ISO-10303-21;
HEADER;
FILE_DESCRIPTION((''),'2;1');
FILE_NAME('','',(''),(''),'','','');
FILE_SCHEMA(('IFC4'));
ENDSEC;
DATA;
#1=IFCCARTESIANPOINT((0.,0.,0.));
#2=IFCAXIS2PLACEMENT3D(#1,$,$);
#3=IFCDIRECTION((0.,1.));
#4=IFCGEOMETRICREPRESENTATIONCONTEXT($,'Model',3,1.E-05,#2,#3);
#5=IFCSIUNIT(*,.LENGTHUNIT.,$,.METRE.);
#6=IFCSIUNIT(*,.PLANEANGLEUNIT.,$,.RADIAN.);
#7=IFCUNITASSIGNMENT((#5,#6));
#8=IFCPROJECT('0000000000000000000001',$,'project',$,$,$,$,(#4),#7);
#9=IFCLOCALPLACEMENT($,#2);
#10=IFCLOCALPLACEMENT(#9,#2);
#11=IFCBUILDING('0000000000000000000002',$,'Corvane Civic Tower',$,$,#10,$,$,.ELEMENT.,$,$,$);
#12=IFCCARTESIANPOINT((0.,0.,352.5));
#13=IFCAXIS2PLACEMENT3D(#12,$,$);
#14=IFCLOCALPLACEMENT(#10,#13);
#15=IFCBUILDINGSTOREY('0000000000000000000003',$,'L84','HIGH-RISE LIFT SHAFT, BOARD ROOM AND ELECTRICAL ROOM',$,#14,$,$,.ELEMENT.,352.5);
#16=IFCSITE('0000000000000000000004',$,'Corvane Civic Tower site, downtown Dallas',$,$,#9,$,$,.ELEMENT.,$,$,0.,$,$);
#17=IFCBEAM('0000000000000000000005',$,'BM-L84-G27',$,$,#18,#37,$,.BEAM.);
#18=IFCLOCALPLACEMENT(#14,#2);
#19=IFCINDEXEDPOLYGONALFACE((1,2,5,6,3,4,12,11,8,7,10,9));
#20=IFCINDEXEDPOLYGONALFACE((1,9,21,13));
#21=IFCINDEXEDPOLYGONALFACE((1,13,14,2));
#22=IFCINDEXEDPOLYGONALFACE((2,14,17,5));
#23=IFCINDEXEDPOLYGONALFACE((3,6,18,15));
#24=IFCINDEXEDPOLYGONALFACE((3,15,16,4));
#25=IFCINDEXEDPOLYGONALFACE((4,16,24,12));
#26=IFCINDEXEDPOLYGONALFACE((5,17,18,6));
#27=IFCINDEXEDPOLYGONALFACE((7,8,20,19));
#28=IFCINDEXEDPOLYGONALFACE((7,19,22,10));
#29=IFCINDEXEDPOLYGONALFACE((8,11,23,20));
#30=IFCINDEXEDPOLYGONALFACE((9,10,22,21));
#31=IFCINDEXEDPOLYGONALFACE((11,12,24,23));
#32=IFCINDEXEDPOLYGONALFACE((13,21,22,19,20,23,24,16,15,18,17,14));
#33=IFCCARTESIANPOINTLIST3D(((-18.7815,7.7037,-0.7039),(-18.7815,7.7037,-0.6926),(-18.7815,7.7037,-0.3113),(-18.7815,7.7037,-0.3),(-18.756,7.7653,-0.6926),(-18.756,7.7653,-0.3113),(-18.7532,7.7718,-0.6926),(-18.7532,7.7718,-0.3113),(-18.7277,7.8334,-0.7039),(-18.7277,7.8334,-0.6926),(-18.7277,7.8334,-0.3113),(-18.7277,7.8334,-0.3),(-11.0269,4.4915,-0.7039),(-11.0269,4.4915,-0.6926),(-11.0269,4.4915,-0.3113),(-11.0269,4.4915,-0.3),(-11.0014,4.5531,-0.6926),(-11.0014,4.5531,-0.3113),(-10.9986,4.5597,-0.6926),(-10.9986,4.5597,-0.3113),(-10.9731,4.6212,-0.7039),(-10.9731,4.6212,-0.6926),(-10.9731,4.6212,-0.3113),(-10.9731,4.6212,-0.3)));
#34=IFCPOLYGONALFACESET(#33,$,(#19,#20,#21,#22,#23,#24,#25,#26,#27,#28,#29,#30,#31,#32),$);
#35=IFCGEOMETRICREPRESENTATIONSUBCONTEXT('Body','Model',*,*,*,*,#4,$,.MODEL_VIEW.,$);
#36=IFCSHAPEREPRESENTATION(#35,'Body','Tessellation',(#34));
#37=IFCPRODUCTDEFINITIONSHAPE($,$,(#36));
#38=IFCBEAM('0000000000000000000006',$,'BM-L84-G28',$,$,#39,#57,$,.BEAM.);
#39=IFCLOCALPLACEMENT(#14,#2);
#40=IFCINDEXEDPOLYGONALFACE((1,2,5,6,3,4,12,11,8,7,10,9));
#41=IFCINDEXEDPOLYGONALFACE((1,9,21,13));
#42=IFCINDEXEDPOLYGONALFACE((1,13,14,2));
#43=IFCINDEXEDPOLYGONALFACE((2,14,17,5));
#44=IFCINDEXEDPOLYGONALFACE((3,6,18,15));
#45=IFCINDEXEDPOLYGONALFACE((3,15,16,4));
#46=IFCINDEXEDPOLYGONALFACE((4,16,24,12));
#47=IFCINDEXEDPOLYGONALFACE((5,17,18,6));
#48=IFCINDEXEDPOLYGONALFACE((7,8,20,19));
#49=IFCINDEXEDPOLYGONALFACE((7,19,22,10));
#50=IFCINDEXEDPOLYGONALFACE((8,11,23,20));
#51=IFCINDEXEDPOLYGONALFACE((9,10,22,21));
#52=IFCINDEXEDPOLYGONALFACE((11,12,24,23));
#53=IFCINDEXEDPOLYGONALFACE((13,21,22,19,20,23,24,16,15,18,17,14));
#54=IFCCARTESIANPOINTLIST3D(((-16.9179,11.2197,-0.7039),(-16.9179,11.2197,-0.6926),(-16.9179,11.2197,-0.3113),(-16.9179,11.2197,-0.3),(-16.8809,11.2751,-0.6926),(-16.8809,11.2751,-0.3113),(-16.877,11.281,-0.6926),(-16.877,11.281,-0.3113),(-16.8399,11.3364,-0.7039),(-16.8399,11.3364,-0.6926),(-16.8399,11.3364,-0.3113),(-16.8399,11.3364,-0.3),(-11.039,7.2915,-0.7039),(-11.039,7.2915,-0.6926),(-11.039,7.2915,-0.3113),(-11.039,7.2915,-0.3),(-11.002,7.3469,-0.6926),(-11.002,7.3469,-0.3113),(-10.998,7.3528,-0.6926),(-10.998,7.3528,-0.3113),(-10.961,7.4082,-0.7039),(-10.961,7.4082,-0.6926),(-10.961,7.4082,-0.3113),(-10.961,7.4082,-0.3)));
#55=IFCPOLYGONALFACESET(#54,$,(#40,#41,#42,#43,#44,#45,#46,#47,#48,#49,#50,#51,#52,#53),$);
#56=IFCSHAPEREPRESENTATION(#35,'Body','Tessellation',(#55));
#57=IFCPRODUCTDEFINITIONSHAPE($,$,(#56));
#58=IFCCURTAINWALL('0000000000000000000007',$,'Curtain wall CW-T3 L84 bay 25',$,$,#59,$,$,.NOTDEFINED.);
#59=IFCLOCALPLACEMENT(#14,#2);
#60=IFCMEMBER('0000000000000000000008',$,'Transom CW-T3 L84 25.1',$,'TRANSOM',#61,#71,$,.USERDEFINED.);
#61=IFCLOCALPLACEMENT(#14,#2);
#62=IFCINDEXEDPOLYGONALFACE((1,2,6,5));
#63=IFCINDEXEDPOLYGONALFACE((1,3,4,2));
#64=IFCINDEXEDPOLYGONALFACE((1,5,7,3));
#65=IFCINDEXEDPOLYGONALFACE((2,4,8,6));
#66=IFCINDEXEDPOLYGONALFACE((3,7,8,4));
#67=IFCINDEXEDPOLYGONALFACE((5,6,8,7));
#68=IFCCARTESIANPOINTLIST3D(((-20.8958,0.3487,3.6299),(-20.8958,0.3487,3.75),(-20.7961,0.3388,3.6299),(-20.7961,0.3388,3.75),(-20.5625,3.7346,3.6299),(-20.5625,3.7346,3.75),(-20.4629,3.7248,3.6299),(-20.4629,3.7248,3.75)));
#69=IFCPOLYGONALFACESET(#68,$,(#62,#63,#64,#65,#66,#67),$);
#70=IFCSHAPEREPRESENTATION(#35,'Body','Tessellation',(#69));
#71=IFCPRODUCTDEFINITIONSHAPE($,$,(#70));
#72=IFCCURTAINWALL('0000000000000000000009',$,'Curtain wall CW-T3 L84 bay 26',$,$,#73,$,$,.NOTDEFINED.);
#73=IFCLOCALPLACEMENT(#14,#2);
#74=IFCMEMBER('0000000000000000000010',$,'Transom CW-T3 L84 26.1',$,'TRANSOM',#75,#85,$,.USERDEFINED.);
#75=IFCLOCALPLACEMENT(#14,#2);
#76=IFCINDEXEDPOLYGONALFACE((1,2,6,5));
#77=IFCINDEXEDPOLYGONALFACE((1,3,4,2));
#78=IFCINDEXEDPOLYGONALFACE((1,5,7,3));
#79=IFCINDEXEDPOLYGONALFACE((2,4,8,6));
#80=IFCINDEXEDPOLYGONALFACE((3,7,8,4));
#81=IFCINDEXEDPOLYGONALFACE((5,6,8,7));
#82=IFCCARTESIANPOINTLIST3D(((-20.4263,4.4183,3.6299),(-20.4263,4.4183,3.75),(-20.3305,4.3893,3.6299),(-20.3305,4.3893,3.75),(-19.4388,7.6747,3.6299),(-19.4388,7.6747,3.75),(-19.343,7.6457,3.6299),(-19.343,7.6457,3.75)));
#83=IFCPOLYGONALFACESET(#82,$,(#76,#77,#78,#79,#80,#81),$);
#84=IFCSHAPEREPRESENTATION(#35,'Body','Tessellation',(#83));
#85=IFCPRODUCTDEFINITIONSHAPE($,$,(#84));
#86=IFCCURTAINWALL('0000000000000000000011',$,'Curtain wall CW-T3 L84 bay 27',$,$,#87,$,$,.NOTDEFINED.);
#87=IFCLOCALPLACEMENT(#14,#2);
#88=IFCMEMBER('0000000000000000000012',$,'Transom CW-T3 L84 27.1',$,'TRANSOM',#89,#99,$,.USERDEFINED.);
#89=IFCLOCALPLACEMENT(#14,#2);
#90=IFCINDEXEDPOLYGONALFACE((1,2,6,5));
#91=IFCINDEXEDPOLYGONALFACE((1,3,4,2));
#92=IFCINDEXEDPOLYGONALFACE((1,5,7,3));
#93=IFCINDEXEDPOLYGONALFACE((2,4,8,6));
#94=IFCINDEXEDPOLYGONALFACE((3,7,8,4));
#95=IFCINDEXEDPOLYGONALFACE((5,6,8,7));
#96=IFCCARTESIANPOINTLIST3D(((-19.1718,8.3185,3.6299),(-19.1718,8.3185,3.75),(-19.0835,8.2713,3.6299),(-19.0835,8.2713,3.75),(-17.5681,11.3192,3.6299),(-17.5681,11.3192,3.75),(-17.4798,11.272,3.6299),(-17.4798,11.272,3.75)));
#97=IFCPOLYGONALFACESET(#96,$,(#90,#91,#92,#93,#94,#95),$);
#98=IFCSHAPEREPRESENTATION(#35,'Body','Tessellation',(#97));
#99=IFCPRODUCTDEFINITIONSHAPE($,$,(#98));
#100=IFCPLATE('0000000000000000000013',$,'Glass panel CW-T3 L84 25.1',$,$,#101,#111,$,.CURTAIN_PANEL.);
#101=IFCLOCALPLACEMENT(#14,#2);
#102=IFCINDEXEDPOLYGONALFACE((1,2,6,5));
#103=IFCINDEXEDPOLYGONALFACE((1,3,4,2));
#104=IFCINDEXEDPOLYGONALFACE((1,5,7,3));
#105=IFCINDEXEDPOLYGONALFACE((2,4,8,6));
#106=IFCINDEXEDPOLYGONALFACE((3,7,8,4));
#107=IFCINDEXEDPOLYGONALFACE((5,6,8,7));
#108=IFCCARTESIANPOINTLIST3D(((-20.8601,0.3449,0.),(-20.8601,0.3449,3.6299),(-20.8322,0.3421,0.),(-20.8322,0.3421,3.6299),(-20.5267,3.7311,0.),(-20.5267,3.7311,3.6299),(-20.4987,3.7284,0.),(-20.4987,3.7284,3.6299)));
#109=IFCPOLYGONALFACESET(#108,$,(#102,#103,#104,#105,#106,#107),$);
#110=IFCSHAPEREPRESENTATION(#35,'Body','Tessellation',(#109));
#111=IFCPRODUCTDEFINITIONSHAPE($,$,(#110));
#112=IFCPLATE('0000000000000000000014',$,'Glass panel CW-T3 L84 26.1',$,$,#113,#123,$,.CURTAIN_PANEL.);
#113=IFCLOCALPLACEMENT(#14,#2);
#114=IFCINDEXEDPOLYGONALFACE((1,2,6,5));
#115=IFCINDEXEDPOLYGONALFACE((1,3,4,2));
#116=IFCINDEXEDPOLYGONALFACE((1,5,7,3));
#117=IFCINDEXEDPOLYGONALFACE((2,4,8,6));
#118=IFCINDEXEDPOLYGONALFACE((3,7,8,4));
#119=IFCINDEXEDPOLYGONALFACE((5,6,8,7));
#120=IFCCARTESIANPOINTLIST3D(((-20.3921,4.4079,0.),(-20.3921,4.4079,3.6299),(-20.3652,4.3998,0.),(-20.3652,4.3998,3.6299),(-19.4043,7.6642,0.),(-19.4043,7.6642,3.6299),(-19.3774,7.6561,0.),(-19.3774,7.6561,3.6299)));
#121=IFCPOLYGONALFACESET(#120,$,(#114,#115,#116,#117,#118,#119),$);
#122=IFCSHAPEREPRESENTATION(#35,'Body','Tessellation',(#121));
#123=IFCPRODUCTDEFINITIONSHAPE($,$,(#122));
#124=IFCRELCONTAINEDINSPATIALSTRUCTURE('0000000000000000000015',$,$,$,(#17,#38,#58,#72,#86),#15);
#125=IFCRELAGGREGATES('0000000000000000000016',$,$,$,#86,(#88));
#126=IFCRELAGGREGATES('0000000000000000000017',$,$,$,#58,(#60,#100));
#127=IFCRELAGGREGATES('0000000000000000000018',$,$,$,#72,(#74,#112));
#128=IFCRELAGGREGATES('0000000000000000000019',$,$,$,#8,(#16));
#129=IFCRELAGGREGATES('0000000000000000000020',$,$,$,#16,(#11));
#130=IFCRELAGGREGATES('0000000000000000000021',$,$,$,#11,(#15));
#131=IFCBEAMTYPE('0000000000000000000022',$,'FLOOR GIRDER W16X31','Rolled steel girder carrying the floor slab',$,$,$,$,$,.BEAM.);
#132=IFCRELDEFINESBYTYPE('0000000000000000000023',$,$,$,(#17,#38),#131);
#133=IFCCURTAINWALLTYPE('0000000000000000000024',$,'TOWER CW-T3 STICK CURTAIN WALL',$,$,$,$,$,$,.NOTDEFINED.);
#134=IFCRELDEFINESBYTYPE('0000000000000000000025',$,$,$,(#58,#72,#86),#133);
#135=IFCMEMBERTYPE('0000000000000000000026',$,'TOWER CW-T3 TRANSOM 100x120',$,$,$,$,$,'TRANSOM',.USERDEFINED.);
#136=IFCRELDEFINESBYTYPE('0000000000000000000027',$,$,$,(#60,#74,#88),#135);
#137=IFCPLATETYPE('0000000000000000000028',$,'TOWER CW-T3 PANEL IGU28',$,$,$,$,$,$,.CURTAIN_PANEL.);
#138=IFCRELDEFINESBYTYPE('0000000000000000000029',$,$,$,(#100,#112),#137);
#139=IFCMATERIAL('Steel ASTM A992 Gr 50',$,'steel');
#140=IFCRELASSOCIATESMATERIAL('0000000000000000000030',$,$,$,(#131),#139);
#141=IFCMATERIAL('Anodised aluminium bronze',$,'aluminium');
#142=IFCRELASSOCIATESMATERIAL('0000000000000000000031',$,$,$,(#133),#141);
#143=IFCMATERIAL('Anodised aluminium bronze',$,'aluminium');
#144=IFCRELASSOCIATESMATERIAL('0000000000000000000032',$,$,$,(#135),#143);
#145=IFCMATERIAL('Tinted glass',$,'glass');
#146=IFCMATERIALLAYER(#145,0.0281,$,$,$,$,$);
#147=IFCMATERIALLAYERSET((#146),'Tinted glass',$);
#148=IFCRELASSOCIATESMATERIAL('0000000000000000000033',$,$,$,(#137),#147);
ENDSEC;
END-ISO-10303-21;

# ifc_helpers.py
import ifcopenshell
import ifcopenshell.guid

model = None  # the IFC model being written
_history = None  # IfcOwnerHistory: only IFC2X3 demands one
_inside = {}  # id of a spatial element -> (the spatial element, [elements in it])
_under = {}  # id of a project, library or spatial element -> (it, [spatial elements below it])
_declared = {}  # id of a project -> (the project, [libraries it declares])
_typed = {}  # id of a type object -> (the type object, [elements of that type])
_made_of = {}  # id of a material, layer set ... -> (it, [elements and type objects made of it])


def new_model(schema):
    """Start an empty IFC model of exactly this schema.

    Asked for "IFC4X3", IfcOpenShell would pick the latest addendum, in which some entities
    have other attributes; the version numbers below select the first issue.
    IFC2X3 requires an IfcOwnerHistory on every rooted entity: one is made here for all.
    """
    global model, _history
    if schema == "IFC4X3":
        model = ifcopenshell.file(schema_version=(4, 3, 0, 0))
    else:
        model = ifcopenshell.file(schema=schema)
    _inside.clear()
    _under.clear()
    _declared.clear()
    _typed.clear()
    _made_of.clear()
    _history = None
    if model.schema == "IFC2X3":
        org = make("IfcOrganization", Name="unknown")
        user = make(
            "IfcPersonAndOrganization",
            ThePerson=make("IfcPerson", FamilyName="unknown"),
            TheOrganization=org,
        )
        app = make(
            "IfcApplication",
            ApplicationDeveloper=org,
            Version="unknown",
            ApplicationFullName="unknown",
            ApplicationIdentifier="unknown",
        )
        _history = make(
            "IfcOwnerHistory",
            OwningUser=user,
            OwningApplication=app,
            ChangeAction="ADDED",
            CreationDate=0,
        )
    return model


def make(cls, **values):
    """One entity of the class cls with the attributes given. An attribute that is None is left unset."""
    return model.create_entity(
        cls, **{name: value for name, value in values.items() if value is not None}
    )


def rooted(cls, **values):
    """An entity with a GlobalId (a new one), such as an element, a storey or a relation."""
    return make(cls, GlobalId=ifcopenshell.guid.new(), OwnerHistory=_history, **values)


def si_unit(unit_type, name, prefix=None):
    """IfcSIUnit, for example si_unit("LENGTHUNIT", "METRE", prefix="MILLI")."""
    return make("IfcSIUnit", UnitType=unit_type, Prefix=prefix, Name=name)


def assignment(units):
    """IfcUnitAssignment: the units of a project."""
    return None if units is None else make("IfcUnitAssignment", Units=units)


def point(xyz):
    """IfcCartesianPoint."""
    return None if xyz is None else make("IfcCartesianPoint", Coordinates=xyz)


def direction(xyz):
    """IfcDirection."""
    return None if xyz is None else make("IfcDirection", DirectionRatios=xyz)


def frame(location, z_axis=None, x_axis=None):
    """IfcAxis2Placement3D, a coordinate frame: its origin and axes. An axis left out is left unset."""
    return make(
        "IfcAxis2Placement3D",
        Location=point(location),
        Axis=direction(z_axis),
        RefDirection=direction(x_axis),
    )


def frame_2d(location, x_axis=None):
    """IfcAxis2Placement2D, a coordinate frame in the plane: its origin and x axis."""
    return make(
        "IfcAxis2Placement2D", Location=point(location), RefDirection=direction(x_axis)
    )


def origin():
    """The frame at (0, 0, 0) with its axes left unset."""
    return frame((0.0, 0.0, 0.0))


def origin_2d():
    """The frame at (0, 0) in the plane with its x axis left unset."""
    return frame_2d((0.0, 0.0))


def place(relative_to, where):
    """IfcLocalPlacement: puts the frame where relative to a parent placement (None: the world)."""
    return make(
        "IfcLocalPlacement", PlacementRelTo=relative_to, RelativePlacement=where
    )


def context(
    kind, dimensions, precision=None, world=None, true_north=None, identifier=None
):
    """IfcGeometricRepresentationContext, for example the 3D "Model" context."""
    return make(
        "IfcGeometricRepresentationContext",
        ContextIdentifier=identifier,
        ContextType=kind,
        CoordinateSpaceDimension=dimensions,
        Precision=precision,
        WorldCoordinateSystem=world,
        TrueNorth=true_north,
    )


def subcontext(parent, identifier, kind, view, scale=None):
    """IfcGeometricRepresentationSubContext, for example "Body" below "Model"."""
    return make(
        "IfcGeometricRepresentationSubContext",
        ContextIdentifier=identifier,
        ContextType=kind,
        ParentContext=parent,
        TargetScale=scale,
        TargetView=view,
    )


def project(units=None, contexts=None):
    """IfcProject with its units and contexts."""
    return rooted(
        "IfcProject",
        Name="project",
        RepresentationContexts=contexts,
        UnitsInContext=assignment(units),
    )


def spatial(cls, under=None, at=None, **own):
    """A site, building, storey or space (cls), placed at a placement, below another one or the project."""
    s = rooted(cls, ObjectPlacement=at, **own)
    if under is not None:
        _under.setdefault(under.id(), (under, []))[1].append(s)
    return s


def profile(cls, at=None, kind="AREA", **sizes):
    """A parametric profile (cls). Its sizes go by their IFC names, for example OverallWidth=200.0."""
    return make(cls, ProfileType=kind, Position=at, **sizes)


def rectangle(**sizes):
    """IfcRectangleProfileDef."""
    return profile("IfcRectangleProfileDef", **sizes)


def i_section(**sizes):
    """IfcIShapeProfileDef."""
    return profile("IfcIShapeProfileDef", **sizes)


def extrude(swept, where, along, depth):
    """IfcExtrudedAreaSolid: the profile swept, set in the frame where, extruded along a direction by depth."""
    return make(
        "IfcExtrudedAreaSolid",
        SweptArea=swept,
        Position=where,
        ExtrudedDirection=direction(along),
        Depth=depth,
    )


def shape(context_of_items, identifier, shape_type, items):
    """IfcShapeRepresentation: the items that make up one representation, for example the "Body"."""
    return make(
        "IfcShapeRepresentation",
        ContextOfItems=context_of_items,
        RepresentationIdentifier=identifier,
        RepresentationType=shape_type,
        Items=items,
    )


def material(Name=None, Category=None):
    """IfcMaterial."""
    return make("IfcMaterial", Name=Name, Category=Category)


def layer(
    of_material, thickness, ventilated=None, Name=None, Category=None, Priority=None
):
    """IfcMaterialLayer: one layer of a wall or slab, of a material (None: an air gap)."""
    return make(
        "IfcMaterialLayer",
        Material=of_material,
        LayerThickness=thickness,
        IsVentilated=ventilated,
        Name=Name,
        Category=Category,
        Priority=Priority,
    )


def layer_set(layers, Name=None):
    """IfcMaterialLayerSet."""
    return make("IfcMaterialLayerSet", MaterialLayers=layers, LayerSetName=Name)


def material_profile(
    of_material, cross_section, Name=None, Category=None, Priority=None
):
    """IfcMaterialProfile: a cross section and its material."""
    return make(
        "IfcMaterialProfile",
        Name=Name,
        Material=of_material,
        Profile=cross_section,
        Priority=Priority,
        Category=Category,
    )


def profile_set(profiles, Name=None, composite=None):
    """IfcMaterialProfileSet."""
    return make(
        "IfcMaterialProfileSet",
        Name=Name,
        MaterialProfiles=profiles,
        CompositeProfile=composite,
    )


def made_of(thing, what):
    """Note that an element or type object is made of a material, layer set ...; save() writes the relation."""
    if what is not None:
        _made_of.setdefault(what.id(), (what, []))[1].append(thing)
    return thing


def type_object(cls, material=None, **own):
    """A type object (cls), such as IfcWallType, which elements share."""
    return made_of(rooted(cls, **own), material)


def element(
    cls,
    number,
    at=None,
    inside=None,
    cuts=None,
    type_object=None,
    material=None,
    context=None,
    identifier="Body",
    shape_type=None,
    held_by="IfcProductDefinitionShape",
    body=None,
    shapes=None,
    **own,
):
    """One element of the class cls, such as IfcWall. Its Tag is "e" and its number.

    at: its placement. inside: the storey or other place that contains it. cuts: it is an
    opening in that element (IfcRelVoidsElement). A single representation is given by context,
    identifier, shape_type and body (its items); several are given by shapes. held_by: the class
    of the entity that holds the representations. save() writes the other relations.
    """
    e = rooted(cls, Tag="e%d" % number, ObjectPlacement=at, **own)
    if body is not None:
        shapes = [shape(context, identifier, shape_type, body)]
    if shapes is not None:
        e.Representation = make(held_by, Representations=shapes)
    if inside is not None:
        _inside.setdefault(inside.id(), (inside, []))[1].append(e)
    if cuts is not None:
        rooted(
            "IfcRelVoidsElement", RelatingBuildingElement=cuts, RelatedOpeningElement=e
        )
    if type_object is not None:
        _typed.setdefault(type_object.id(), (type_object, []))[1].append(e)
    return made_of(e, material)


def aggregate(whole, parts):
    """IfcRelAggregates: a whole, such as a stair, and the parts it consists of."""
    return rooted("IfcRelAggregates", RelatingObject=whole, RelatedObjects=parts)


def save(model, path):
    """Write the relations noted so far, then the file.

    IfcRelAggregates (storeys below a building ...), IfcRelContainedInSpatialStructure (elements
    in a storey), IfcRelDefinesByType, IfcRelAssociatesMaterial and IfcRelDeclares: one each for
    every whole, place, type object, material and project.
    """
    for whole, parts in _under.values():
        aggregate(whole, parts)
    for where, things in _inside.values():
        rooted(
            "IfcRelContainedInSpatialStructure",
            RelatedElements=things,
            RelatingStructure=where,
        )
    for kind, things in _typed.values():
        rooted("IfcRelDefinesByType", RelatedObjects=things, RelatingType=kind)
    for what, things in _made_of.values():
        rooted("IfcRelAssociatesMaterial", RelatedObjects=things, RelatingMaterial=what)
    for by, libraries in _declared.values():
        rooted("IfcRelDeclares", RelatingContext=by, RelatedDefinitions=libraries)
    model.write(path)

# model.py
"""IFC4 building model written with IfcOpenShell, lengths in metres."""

from ifc_helpers import new_model, si_unit, direction, frame, origin, origin_2d, place, context, subcontext, project, spatial, rectangle, i_section, extrude, material, layer, layer_set, material_profile, profile_set, type_object, element, aggregate, save


model = new_model("IFC4")

# Units and contexts
model_context = context("Model", 3, precision=1e-05, world=origin(), true_north=direction((0.0, 1.0)))
body_context = subcontext(model_context, "Body", "Model", "MODEL_VIEW")
ifc_project = project(units=[si_unit("LENGTHUNIT", "METRE"), si_unit("PLANEANGLEUNIT", "RADIAN")], contexts=[model_context])

# Site, building, storey
site_placement = place(None, origin())
site = spatial("IfcSite", under=ifc_project, at=site_placement, Name="Corvane Civic Tower site, downtown Dallas", CompositionType="ELEMENT", RefElevation=0.0)
building_placement = place(site_placement, origin())
building = spatial("IfcBuilding", under=site, at=building_placement, Name="Corvane Civic Tower", CompositionType="ELEMENT")
storey_placement = place(building_placement, frame((0.0, 0.0, 352.5)))
storey = spatial("IfcBuildingStorey", under=building, at=storey_placement, Name="L84", Description="HIGH-RISE LIFT SHAFT, BOARD ROOM AND ELECTRICAL ROOM", CompositionType="ELEMENT", Elevation=352.5)

# Beams
ifc_material_1 = material(Name="Steel ASTM A992 Gr 50", Category="steel")
ifc_material_profile_1 = material_profile(ifc_material_1, i_section(OverallWidth=0.1404, OverallDepth=0.4038, WebThickness=0.0071, FlangeThickness=0.0112, at=origin_2d()), Name="W16X31")
ifc_profile_set_1 = profile_set([ifc_material_profile_1], Name="Steel ASTM A992 Gr 50")
beam_type_1 = type_object("IfcBeamType", Name="FLOOR GIRDER W16X31", Description="Rolled steel girder carrying the floor slab", PredefinedType="BEAM", material=ifc_profile_set_1)
beam_1_placement = place(storey_placement, frame((-11.0, 4.5564, -0.502), z_axis=(-0.923876, 0.382692, 0.0), x_axis=(-0.382692, -0.923876, 0.0)))
element("IfcBeam", 1, at=beam_1_placement, inside=storey, type_object=beam_type_1, Name="BM-L84-G27", PredefinedType="BEAM", context=body_context, shape_type="SweptSolid", body=[
    extrude(i_section(OverallWidth=0.1404, OverallDepth=0.4038, WebThickness=0.0071, FlangeThickness=0.0112, at=origin_2d()), origin(), (0.0, 0.0, 1.0), 8.3936),
])
beam_2_placement = place(storey_placement, frame((-11.0, 7.3499, -0.502), z_axis=(-0.831465, 0.555576, 0.0), x_axis=(-0.555576, -0.831465, 0.0)))
element("IfcBeam", 2, at=beam_2_placement, inside=storey, type_object=beam_type_1, Name="BM-L84-G28", PredefinedType="BEAM", context=body_context, shape_type="SweptSolid", body=[
    extrude(i_section(OverallWidth=0.1404, OverallDepth=0.4038, WebThickness=0.0071, FlangeThickness=0.0112, at=origin_2d()), origin(), (0.0, 0.0, 1.0), 7.0706),
])

# Curtain walls, members
ifc_material_2 = material(Name="Anodised aluminium bronze", Category="aluminium")
curtain_wall_type = type_object("IfcCurtainWallType", Name="TOWER CW-T3 STICK CURTAIN WALL", PredefinedType="NOTDEFINED", material=ifc_material_2)
curtain_wall_1_placement = place(storey_placement, origin())
curtain_wall_1 = element("IfcCurtainWall", 3, at=curtain_wall_1_placement, inside=storey, type_object=curtain_wall_type, Name="Curtain wall CW-T3 L84 bay 25", PredefinedType="NOTDEFINED")
ifc_material_3 = material(Name="Anodised aluminium bronze", Category="aluminium")
ifc_material_profile_2 = material_profile(ifc_material_3, rectangle(XDim=0.1001, YDim=0.1201, at=origin_2d()), Name="TOWER CW-T3 TRANSOM 100x120")
ifc_profile_set_2 = profile_set([ifc_material_profile_2], Name="Anodised aluminium bronze")
member_type = type_object("IfcMemberType", Name="TOWER CW-T3 TRANSOM 100x120", ElementType="TRANSOM", PredefinedType="USERDEFINED", material=ifc_profile_set_2)
member_1_placement = place(storey_placement, frame((-20.8459, 0.3438, 3.6899), z_axis=(0.097948, 0.995192, 0.0), x_axis=(-0.995192, 0.097948, 0.0)))
member_1 = element("IfcMember", 4, at=member_1_placement, type_object=member_type, Name="Transom CW-T3 L84 25.1", ObjectType="TRANSOM", PredefinedType="USERDEFINED", context=body_context, shape_type="SweptSolid", body=[
    extrude(rectangle(XDim=0.1001, YDim=0.1201, at=origin_2d()), origin(), (0.0, 0.0, 1.0), 3.4023),
])
curtain_wall_2_placement = place(storey_placement, origin())
curtain_wall_2 = element("IfcCurtainWall", 5, at=curtain_wall_2_placement, inside=storey, type_object=curtain_wall_type, Name="Curtain wall CW-T3 L84 bay 26", PredefinedType="NOTDEFINED")
member_2_placement = place(storey_placement, frame((-20.3784, 4.4038, 3.6899), z_axis=(0.290216, 0.956961, 0.0), x_axis=(-0.956961, 0.290216, 0.0)))
member_2 = element("IfcMember", 6, at=member_2_placement, type_object=member_type, Name="Transom CW-T3 L84 26.1", ObjectType="TRANSOM", PredefinedType="USERDEFINED", context=body_context, shape_type="SweptSolid", body=[
    extrude(rectangle(XDim=0.1001, YDim=0.1201, at=origin_2d()), origin(), (0.0, 0.0, 1.0), 3.4028),
])
curtain_wall_3_placement = place(storey_placement, origin())
curtain_wall_3 = element("IfcCurtainWall", 7, at=curtain_wall_3_placement, inside=storey, type_object=curtain_wall_type, Name="Curtain wall CW-T3 L84 bay 27", PredefinedType="NOTDEFINED")
member_3_placement = place(storey_placement, frame((-19.1277, 8.2949, 3.6899), z_axis=(0.471359, 0.881941, 0.0), x_axis=(-0.881941, 0.471359, 0.0)))
member_3 = element("IfcMember", 8, at=member_3_placement, type_object=member_type, Name="Transom CW-T3 L84 27.1", ObjectType="TRANSOM", PredefinedType="USERDEFINED", context=body_context, shape_type="SweptSolid", body=[
    extrude(rectangle(XDim=0.1001, YDim=0.1201, at=origin_2d()), origin(), (0.0, 0.0, 1.0), 3.4023),
])
aggregate(curtain_wall_3, [member_3])

# Plates
ifc_material_4 = material(Name="Tinted glass", Category="glass")
ifc_layer = layer(ifc_material_4, 0.0281)
ifc_layer_set = layer_set([ifc_layer], Name="Tinted glass")
plate_type = type_object("IfcPlateType", Name="TOWER CW-T3 PANEL IGU28", PredefinedType="CURTAIN_PANEL", material=ifc_layer_set)
plate_1_placement = place(storey_placement, frame((-20.6794, 2.0366, 0.0), z_axis=(0.0, 0.0, 1.0), x_axis=(0.097998, 0.995187, 0.0)))
plate_1 = element("IfcPlate", 9, at=plate_1_placement, type_object=plate_type, Name="Glass panel CW-T3 L84 25.1", PredefinedType="CURTAIN_PANEL", context=body_context, shape_type="SweptSolid", body=[
    extrude(rectangle(XDim=3.4026, YDim=0.0281, at=origin_2d()), origin(), (0.0, 0.0, 1.0), 3.6299),
])
aggregate(curtain_wall_1, [member_1, plate_1])
plate_2_placement = place(storey_placement, frame((-19.8848, 6.032, 0.0), z_axis=(0.0, 0.0, 1.0), x_axis=(0.29029, 0.956939, 0.0)))
plate_2 = element("IfcPlate", 10, at=plate_2_placement, type_object=plate_type, Name="Glass panel CW-T3 L84 26.1", PredefinedType="CURTAIN_PANEL", context=body_context, shape_type="SweptSolid", body=[
    extrude(rectangle(XDim=3.4028, YDim=0.0281, at=origin_2d()), origin(), (0.0, 0.0, 1.0), 3.6299),
])
aggregate(curtain_wall_2, [member_2, plate_2])

save(model, "model.ifc")
